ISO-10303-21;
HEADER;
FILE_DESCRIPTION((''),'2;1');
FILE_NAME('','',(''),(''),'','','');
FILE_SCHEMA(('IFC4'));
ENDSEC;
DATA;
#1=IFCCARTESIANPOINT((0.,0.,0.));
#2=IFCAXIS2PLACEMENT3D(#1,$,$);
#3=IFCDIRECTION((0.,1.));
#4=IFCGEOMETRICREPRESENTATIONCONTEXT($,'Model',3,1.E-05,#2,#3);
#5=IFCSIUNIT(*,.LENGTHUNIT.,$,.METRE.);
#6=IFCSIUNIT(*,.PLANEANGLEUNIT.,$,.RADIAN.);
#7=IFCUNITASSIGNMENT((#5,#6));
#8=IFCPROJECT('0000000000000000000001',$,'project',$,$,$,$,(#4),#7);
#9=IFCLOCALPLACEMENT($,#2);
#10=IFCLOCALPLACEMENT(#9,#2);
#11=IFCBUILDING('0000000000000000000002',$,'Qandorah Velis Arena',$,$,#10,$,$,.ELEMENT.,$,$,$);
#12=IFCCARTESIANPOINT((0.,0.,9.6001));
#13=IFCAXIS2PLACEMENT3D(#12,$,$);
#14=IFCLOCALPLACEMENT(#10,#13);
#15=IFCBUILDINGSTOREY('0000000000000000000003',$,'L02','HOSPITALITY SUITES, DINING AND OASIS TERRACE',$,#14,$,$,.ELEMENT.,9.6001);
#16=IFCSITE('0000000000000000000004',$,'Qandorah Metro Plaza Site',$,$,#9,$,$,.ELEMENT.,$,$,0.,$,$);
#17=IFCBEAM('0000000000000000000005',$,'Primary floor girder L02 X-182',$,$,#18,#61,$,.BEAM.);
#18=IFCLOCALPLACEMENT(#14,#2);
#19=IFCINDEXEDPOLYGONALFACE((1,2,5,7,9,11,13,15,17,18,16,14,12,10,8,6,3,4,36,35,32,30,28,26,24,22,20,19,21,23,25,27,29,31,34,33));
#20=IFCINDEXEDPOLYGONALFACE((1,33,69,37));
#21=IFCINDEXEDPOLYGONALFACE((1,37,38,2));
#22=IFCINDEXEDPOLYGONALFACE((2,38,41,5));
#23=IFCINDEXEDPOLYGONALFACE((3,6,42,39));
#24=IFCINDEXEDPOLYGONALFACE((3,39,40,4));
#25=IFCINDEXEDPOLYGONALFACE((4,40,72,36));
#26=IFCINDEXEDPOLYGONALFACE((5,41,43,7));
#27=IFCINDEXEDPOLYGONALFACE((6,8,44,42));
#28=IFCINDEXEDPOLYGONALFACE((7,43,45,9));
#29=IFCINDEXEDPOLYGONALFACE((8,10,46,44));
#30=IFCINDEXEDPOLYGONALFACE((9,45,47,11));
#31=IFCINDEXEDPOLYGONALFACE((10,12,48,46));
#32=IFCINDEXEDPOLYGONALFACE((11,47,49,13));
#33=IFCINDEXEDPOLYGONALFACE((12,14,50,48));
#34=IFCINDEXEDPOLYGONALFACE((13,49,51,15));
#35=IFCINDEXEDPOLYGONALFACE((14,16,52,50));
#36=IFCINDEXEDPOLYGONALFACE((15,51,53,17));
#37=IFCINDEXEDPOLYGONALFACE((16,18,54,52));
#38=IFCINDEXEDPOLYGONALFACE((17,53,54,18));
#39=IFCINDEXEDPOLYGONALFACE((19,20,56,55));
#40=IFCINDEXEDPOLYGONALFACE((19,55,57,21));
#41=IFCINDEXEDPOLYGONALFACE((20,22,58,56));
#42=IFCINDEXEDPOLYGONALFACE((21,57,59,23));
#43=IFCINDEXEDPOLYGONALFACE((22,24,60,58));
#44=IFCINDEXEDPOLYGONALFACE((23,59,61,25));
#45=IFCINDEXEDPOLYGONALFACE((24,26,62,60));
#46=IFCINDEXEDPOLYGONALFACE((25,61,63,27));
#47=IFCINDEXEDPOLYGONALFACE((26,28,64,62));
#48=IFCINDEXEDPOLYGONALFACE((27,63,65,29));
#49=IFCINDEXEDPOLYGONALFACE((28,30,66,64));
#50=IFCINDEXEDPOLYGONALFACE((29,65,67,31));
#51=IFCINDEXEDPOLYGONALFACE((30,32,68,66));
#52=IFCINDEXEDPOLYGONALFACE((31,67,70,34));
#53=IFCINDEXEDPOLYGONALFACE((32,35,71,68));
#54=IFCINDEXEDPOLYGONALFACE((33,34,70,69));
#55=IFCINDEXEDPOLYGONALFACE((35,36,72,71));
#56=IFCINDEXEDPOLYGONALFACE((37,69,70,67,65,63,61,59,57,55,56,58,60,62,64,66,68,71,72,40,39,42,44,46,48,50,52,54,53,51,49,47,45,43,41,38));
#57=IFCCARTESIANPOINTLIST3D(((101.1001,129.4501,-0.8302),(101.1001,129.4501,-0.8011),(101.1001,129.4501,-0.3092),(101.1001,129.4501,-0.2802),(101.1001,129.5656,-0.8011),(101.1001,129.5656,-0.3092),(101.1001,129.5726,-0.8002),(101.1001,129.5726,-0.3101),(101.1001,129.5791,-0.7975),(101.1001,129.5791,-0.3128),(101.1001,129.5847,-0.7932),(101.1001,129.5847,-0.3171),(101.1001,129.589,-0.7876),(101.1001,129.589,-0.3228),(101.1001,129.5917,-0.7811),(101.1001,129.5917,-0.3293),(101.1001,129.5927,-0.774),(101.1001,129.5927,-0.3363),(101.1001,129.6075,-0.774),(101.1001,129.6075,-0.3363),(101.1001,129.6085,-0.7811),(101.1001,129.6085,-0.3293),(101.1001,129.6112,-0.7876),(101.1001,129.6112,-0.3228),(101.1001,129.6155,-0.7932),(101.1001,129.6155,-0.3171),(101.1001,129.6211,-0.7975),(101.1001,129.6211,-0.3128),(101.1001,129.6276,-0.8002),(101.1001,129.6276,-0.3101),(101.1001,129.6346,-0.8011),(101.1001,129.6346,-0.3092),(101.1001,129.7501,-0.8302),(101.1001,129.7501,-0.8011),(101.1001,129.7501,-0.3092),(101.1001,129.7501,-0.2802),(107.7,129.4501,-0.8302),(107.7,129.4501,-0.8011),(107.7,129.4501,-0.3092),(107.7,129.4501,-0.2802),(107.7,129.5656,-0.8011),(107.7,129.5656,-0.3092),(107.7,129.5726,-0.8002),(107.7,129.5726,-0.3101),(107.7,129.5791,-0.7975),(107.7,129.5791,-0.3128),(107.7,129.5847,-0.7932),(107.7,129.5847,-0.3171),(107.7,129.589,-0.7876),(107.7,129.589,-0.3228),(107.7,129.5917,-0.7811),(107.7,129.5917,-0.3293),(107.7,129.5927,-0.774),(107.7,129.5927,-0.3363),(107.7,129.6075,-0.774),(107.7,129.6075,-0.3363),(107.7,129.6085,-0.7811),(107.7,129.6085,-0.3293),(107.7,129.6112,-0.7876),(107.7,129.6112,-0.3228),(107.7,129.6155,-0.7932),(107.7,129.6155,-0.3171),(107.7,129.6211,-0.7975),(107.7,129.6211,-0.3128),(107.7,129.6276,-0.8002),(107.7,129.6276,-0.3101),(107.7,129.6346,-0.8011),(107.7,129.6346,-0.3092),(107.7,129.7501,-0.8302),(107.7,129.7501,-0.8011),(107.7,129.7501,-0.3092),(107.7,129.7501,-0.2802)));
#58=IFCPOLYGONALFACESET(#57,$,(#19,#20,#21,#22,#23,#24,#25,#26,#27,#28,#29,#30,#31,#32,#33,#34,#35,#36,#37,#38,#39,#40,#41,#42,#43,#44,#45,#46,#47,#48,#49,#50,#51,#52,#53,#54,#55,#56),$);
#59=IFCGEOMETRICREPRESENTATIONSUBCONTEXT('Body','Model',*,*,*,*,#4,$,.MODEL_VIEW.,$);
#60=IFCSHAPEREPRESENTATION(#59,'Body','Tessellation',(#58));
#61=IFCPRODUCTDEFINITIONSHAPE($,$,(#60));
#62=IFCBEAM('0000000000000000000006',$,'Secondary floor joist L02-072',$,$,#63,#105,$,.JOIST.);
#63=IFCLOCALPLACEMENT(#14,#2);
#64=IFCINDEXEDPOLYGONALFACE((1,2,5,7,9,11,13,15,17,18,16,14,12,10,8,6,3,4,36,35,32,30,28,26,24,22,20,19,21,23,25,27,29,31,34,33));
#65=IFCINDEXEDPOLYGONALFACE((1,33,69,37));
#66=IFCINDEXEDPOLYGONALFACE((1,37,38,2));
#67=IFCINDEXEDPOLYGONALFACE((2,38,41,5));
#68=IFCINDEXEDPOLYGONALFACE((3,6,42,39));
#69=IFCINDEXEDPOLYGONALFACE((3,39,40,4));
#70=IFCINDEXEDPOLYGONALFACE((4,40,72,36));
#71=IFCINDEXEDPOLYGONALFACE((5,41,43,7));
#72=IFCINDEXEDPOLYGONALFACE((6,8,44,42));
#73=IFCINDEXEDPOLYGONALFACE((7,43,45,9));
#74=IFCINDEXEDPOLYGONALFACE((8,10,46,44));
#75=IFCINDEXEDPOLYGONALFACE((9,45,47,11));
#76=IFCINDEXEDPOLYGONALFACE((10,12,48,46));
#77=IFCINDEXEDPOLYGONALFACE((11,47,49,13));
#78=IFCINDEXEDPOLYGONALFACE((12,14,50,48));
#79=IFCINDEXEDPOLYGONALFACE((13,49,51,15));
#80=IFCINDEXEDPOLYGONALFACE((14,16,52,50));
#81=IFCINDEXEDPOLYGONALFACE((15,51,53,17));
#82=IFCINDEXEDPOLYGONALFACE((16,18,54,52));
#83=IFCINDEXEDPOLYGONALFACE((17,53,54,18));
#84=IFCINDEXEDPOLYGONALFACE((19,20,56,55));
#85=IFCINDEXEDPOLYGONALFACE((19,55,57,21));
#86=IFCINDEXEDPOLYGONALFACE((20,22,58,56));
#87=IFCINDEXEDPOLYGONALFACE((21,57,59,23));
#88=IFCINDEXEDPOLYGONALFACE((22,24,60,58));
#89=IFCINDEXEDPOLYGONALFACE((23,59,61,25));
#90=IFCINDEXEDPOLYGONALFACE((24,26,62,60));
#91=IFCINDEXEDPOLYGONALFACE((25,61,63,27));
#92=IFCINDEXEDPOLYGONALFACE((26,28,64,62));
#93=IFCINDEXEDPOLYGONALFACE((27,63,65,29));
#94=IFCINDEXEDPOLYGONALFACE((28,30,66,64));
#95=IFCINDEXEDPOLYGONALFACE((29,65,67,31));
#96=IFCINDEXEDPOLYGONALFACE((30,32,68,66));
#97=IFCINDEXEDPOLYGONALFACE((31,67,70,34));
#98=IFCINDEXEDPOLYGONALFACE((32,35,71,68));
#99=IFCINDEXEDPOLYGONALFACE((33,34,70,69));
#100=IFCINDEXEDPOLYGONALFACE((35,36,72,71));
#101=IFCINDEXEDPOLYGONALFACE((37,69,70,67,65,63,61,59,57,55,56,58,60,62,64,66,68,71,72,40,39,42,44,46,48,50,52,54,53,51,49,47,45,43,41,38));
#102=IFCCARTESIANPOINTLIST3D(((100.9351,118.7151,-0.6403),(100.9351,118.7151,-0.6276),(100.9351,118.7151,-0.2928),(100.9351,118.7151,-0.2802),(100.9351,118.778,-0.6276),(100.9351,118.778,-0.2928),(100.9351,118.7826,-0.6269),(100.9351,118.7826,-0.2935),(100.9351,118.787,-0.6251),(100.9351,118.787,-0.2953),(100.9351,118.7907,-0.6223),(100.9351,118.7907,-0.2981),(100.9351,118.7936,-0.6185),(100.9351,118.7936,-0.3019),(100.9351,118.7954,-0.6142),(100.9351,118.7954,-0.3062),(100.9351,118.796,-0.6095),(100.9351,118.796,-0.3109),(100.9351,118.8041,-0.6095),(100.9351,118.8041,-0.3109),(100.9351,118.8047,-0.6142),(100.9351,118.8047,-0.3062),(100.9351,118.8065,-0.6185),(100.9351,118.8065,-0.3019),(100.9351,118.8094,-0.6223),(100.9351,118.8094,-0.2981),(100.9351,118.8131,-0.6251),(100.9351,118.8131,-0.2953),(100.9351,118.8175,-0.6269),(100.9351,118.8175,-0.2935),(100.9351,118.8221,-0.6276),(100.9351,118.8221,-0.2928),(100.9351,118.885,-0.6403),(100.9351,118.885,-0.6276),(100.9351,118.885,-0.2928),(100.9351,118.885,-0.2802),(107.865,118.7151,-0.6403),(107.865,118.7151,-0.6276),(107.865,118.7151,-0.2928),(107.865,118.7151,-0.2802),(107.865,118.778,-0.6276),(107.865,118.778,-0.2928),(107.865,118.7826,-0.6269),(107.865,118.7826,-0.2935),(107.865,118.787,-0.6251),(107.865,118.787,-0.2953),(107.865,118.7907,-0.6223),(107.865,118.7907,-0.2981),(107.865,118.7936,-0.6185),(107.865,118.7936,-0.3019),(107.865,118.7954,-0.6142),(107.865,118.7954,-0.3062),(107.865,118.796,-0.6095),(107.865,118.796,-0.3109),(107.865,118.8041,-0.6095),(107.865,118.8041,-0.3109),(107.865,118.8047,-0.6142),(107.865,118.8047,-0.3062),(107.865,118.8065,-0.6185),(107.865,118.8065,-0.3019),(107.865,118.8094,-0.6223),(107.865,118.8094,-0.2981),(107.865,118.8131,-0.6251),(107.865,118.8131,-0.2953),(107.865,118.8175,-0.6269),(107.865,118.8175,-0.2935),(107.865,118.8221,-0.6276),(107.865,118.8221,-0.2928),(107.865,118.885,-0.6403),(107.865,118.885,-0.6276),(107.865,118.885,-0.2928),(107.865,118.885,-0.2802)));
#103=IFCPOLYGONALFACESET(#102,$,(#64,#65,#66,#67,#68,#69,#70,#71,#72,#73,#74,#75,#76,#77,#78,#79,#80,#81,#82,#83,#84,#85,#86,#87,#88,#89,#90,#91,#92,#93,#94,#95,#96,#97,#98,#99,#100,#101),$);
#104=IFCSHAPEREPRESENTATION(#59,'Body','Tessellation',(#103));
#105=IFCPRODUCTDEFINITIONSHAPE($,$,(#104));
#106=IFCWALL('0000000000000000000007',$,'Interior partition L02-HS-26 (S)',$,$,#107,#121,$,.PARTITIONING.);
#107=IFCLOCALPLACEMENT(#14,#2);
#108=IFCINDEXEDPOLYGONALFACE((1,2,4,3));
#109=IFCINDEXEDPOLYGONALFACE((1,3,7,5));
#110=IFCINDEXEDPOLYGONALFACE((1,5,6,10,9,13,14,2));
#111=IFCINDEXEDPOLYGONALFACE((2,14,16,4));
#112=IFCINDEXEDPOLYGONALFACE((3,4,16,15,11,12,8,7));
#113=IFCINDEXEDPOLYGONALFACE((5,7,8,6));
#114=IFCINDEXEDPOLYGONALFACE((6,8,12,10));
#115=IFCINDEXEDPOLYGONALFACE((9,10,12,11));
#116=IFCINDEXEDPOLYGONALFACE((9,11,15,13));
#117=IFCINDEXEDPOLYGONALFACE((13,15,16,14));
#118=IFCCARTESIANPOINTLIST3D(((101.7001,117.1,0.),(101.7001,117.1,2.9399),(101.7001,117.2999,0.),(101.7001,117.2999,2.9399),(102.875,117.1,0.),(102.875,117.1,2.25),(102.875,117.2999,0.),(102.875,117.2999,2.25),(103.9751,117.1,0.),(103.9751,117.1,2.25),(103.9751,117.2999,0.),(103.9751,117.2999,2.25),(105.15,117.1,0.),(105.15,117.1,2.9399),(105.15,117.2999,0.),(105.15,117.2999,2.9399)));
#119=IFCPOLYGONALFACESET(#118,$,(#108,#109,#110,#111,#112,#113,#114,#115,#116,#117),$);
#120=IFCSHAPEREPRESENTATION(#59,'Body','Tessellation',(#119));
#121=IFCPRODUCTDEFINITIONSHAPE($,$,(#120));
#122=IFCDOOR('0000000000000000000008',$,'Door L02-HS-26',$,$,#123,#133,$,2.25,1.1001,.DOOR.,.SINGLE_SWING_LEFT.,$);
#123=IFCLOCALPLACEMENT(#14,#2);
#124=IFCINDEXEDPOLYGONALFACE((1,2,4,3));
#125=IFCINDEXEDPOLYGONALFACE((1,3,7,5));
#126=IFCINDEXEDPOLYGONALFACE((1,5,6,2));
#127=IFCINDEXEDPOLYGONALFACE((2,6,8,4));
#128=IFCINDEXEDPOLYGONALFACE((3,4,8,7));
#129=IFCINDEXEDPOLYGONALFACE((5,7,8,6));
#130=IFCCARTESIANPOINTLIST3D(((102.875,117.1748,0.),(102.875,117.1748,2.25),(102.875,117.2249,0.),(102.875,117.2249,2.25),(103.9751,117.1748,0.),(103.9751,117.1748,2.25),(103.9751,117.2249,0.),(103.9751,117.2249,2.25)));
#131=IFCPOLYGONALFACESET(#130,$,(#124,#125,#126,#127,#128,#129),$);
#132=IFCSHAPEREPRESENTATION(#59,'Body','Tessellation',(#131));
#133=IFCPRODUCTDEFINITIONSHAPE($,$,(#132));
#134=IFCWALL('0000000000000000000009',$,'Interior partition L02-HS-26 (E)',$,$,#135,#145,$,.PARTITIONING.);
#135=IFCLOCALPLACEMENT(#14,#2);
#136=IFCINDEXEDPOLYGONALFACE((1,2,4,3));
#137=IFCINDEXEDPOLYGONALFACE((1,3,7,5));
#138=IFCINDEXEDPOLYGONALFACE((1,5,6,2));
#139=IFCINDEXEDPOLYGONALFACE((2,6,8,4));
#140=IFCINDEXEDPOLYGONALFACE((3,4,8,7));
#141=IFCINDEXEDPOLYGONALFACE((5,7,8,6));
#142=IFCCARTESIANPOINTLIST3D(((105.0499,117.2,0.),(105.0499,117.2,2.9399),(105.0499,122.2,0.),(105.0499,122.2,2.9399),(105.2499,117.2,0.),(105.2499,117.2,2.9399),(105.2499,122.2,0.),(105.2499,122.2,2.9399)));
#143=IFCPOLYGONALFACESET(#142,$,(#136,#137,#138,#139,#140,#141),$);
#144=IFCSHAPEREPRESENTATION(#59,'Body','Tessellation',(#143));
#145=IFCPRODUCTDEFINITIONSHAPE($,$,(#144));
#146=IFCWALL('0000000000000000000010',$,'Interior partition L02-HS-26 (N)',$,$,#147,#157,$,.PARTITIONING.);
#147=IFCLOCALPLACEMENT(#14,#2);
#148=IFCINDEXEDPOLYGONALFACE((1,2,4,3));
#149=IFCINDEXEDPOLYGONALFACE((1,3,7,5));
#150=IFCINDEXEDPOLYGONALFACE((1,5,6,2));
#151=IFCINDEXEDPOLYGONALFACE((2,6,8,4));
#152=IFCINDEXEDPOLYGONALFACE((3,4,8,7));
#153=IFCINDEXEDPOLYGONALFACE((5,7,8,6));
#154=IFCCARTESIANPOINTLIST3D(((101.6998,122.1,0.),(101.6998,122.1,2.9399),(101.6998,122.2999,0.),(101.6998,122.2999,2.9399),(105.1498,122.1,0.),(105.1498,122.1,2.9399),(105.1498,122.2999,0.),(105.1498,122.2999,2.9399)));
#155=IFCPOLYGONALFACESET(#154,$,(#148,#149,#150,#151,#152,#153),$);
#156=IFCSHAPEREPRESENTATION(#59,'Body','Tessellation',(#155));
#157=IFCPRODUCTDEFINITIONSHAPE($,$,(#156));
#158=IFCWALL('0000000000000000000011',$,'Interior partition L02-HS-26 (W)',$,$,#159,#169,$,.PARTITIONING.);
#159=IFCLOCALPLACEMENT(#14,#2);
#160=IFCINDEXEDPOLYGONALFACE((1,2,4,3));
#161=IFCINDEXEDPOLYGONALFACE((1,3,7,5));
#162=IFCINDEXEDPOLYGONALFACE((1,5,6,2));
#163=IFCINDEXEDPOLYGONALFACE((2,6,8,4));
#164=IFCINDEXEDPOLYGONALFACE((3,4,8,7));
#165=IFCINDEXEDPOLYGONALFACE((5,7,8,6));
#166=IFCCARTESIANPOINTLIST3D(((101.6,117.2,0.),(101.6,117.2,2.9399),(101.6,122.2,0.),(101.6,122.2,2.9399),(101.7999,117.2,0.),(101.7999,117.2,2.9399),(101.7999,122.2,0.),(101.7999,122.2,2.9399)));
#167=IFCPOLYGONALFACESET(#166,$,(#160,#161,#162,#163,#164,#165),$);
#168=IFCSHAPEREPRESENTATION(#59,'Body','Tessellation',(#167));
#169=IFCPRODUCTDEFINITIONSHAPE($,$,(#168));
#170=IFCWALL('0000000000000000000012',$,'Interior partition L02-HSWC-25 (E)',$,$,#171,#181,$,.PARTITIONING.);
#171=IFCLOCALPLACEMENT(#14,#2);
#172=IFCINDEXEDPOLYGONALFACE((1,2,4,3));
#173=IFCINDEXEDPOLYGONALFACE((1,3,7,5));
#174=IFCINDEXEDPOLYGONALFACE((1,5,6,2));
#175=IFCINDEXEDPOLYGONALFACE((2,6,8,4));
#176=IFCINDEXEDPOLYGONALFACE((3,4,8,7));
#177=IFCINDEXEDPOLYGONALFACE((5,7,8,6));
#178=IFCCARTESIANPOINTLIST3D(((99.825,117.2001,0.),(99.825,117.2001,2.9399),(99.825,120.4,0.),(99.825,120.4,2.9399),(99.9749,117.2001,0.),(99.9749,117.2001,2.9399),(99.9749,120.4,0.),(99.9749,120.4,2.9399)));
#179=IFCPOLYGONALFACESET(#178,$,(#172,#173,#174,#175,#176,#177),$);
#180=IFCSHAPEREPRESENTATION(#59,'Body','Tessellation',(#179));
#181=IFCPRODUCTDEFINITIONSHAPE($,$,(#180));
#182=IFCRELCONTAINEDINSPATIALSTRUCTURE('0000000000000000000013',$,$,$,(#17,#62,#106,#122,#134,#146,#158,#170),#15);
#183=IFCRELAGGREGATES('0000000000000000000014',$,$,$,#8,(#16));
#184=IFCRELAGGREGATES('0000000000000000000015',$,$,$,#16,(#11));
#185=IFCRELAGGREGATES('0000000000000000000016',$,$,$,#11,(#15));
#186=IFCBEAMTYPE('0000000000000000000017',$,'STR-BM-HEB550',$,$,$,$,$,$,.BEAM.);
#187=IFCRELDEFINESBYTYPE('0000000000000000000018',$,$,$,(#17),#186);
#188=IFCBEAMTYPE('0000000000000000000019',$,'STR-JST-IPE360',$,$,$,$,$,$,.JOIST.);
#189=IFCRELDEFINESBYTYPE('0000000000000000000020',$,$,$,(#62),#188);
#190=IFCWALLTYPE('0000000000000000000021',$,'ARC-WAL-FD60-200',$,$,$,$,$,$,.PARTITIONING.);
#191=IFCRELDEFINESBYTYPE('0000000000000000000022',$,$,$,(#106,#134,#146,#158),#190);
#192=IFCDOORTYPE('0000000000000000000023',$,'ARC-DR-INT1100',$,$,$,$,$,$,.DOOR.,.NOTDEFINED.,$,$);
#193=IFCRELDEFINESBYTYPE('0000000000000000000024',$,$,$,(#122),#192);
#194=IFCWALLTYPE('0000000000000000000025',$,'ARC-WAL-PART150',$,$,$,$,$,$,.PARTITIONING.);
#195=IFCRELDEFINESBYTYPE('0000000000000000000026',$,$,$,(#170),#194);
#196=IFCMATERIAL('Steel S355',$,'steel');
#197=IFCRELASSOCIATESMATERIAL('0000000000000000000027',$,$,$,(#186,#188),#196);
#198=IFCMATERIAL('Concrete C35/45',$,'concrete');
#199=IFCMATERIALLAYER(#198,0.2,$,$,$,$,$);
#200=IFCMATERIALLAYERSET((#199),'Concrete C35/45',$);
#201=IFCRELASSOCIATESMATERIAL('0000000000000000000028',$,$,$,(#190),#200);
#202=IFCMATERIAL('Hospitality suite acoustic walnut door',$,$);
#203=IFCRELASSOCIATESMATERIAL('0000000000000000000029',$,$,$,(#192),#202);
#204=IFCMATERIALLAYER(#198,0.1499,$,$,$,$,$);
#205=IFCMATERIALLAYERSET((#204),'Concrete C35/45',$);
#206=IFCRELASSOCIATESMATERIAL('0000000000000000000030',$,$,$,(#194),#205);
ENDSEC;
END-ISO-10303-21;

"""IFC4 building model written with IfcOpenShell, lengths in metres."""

from ifc_helpers import new_model, si_unit, direction, frame, frame_2d, origin, origin_2d, place, context, subcontext, project, spatial, rectangle, i_section, extrude, material, layer, layer_set, material_profile, profile_set, type_object, element, fill, save


model = new_model("IFC4")

# Units and contexts
model_context = context("Model", 3, precision=1e-05, world=origin(), true_north=direction((0.0, 1.0)))
body_context = subcontext(model_context, "Body", "Model", "MODEL_VIEW")
ifc_project = project(units=[si_unit("LENGTHUNIT", "METRE"), si_unit("PLANEANGLEUNIT", "RADIAN")], contexts=[model_context])

# Site, building, storey
site_placement = place(None, origin())
site = spatial("IfcSite", under=ifc_project, at=site_placement, Name="Qandorah Metro Plaza Site", CompositionType="ELEMENT", RefElevation=0.0)
building_placement = place(site_placement, origin())
building = spatial("IfcBuilding", under=site, at=building_placement, Name="Qandorah Velis Arena", CompositionType="ELEMENT")
storey_placement = place(building_placement, frame((0.0, 0.0, 9.6001)))
storey = spatial("IfcBuildingStorey", under=building, at=storey_placement, Name="L02", Description="HOSPITALITY SUITES, DINING AND OASIS TERRACE", CompositionType="ELEMENT", Elevation=9.6001)

# Shared definitions
ifc_material_1 = material(Name="Steel S355", Category="steel")

# Beams
ifc_material_profile_1 = material_profile(ifc_material_1, i_section(OverallWidth=0.3, OverallDepth=0.55, WebThickness=0.0149, FlangeThickness=0.0291, FilletRadius=0.0271, at=origin_2d()), Name="HEB 550")
ifc_profile_set_1 = profile_set([ifc_material_profile_1], Name="Steel S355")
beam_type_1 = type_object("IfcBeamType", Name="STR-BM-HEB550", PredefinedType="BEAM", material=ifc_profile_set_1)
beam_1_placement = place(storey_placement, frame((101.1001, 129.6001, -0.5552), z_axis=(1.0, 0.0, 0.0), x_axis=(0.0, 1.0, 0.0)))
element("IfcBeam", 1, at=beam_1_placement, inside=storey, type_object=beam_type_1, Name="Primary floor girder L02 X-182", PredefinedType="BEAM", context=body_context, shape_type="SweptSolid", body=[
    extrude(i_section(OverallWidth=0.3, OverallDepth=0.55, WebThickness=0.0149, FlangeThickness=0.0291, FilletRadius=0.0271, at=origin_2d()), origin(), (0.0, 0.0, 1.0), 6.5999),
])
ifc_material_profile_2 = material_profile(ifc_material_1, i_section(OverallWidth=0.1699, OverallDepth=0.3601, WebThickness=0.0081, FlangeThickness=0.0127, FilletRadius=0.0181, at=origin_2d()), Name="IPE 360")
ifc_profile_set_2 = profile_set([ifc_material_profile_2], Name="Steel S355")
beam_type_2 = type_object("IfcBeamType", Name="STR-JST-IPE360", PredefinedType="JOIST", material=ifc_profile_set_2)
beam_2_placement = place(storey_placement, frame((100.9351, 118.8, -0.4602), z_axis=(1.0, 0.0, 0.0), x_axis=(0.0, 1.0, 0.0)))
element("IfcBeam", 2, at=beam_2_placement, inside=storey, type_object=beam_type_2, Name="Secondary floor joist L02-072", PredefinedType="JOIST", context=body_context, shape_type="SweptSolid", body=[
    extrude(i_section(OverallWidth=0.1699, OverallDepth=0.3601, WebThickness=0.0081, FlangeThickness=0.0127, FilletRadius=0.0181, at=origin_2d()), origin(), (0.0, 0.0, 1.0), 6.9299),
])

# Wall, opening, door
ifc_material_2 = material(Name="Concrete C35/45", Category="concrete")
ifc_layer_1 = layer(ifc_material_2, 0.2)
ifc_layer_set_1 = layer_set([ifc_layer_1], Name="Concrete C35/45")
wall_type_1 = type_object("IfcWallType", Name="ARC-WAL-FD60-200", PredefinedType="PARTITIONING", material=ifc_layer_set_1)
wall_1_placement = place(storey_placement, frame((101.7, 117.2, 0.0), z_axis=(0.0, 0.0, 1.0), x_axis=(1.0, 0.0, 0.0)))
wall_1 = element("IfcWall", 3, at=wall_1_placement, inside=storey, type_object=wall_type_1, Name="Interior partition L02-HS-26 (S)", PredefinedType="PARTITIONING", context=body_context, shape_type="SweptSolid", body=[
    extrude(rectangle(XDim=3.45, YDim=0.2, at=frame_2d((1.7251, 0.0))), origin(), (0.0, 0.0, 1.0), 2.9399),
])
opening_placement = place(wall_1_placement, frame((1.175, 0.0, 0.0)))
opening = element("IfcOpeningElement", 4, at=opening_placement, cuts=wall_1, PredefinedType="OPENING", context=body_context, shape_type="SweptSolid", body=[
    extrude(rectangle(XDim=1.1001, YDim=2.25, at=frame_2d((0.55, 1.125))), frame((0.0, 0.1099, 0.0), z_axis=(0.0, -1.0, 0.0), x_axis=(1.0, 0.0, 0.0)), (0.0, 0.0, 1.0), 0.22),
])
ifc_material_3 = material(Name="Hospitality suite acoustic walnut door")
door_type = type_object("IfcDoorType", Name="ARC-DR-INT1100", OperationType="NOTDEFINED", PredefinedType="DOOR", material=ifc_material_3)
door_placement = place(opening_placement, origin())
door = element("IfcDoor", 5, at=door_placement, inside=storey, type_object=door_type, Name="Door L02-HS-26", OperationType="SINGLE_SWING_LEFT", OverallHeight=2.25, OverallWidth=1.1001, PredefinedType="DOOR", context=body_context, shape_type="SweptSolid", body=[
    extrude(rectangle(XDim=1.1001, YDim=2.25, at=frame_2d((0.55, 1.125))), frame((0.0, 0.0249, 0.0), z_axis=(0.0, -1.0, 0.0), x_axis=(1.0, 0.0, 0.0)), (0.0, 0.0, 1.0), 0.05),
])
fill(opening, door)

# Walls
wall_2_placement = place(storey_placement, frame((105.1499, 117.2, 0.0), z_axis=(0.0, 0.0, 1.0), x_axis=(0.0, 1.0, 0.0)))
element("IfcWall", 6, at=wall_2_placement, inside=storey, type_object=wall_type_1, Name="Interior partition L02-HS-26 (E)", PredefinedType="PARTITIONING", context=body_context, shape_type="SweptSolid", body=[
    extrude(rectangle(XDim=5.0, YDim=0.2, at=frame_2d((2.5, 0.0))), origin(), (0.0, 0.0, 1.0), 2.9399),
])
wall_3_placement = place(storey_placement, frame((105.1499, 122.2, 0.0), z_axis=(0.0, 0.0, 1.0), x_axis=(-1.0, 0.0, 0.0)))
element("IfcWall", 7, at=wall_3_placement, inside=storey, type_object=wall_type_1, Name="Interior partition L02-HS-26 (N)", PredefinedType="PARTITIONING", context=body_context, shape_type="SweptSolid", body=[
    extrude(rectangle(XDim=3.45, YDim=0.2, at=frame_2d((1.7251, 0.0))), origin(), (0.0, 0.0, 1.0), 2.9399),
])
wall_4_placement = place(storey_placement, frame((101.7, 122.2, 0.0), z_axis=(0.0, 0.0, 1.0), x_axis=(0.0, -1.0, 0.0)))
element("IfcWall", 8, at=wall_4_placement, inside=storey, type_object=wall_type_1, Name="Interior partition L02-HS-26 (W)", PredefinedType="PARTITIONING", context=body_context, shape_type="SweptSolid", body=[
    extrude(rectangle(XDim=5.0, YDim=0.2, at=frame_2d((2.5, 0.0))), origin(), (0.0, 0.0, 1.0), 2.9399),
])
ifc_layer_2 = layer(ifc_material_2, 0.1499)
ifc_layer_set_2 = layer_set([ifc_layer_2], Name="Concrete C35/45")
wall_type_2 = type_object("IfcWallType", Name="ARC-WAL-PART150", PredefinedType="PARTITIONING", material=ifc_layer_set_2)
wall_5_placement = place(storey_placement, frame((99.8999, 117.2, 0.0), z_axis=(0.0, 0.0, 1.0), x_axis=(0.0, 1.0, 0.0)))
element("IfcWall", 9, at=wall_5_placement, inside=storey, type_object=wall_type_2, Name="Interior partition L02-HSWC-25 (E)", PredefinedType="PARTITIONING", context=body_context, shape_type="SweptSolid", body=[
    extrude(rectangle(XDim=3.2, YDim=0.1499, at=frame_2d((1.6001, 0.0))), origin(), (0.0, 0.0, 1.0), 2.9399),
])

save(model, "model.ifc")
